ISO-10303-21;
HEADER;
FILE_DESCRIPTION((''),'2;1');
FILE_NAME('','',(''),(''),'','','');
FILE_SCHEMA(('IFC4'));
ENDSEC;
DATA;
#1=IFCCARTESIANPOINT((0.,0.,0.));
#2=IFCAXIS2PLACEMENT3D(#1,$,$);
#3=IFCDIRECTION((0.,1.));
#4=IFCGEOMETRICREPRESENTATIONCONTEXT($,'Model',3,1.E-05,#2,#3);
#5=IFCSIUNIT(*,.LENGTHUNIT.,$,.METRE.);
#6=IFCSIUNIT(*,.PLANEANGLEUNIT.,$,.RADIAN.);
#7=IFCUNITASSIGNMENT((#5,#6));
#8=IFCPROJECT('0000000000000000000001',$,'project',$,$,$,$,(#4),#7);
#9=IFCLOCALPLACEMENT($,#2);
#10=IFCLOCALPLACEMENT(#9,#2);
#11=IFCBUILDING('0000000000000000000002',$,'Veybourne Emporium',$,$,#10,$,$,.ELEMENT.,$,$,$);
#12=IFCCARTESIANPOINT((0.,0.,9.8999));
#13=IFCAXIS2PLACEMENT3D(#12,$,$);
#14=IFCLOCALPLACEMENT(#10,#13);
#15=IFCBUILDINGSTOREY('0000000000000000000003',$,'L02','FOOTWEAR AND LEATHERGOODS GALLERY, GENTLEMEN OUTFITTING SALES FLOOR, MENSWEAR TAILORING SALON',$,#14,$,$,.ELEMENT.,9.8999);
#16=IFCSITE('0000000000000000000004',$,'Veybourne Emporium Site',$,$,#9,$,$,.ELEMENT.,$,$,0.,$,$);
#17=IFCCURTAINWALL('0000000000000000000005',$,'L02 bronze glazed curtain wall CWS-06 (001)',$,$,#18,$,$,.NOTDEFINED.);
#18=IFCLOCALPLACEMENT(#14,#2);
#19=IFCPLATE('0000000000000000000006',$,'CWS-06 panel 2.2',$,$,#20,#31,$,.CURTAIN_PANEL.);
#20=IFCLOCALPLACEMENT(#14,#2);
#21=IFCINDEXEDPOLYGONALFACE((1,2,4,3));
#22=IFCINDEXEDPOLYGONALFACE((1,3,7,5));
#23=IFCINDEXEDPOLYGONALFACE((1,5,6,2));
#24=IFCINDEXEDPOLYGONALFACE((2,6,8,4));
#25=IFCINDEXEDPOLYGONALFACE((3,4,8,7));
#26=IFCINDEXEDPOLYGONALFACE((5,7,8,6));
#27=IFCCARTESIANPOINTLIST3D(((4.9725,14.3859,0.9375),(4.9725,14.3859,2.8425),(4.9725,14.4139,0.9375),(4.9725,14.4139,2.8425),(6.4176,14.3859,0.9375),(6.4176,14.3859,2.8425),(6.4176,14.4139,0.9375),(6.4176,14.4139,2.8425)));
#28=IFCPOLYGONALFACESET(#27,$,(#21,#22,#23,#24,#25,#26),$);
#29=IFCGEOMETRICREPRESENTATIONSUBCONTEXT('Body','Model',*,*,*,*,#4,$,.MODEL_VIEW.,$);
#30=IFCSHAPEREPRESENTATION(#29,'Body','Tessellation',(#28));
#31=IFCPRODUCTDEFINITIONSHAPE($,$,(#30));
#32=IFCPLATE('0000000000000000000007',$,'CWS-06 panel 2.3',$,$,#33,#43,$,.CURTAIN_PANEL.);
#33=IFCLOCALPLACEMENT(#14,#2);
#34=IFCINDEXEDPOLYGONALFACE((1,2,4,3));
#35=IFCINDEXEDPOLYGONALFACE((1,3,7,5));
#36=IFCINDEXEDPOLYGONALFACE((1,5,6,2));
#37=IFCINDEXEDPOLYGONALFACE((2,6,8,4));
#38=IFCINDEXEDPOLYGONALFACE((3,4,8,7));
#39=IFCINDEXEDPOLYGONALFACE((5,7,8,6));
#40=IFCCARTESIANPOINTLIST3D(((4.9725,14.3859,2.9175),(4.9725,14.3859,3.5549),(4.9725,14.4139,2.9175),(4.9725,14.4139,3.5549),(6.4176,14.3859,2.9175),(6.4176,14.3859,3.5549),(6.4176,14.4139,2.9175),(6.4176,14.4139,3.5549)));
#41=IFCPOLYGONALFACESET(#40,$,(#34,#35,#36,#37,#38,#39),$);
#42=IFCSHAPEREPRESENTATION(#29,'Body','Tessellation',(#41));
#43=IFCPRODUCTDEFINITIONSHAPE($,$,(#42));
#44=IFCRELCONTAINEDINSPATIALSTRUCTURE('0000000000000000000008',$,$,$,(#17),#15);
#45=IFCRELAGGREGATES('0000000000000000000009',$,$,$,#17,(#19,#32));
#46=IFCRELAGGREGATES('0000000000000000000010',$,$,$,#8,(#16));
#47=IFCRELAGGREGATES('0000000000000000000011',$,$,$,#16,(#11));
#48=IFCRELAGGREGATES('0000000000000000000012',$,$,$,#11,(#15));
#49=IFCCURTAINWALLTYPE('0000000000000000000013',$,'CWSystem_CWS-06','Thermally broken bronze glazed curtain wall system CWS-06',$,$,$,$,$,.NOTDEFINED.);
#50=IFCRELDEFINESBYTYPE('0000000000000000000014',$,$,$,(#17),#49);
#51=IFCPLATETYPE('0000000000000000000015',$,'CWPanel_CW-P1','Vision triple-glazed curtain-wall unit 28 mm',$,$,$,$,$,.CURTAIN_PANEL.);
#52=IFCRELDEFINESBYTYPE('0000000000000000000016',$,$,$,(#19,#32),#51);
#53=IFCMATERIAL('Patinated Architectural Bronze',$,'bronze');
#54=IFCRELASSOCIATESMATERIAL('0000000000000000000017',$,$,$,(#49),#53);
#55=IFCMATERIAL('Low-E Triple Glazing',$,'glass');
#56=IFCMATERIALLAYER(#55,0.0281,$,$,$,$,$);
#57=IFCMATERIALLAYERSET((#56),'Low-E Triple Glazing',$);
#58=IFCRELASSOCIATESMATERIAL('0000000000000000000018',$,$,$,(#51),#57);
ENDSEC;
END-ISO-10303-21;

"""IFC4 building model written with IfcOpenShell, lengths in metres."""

from ifc_helpers import new_model, si_unit, direction, frame, origin, origin_2d, place, context, subcontext, project, spatial, rectangle, extrude, material, layer, layer_set, type_object, element, aggregate, save


model = new_model("IFC4")

# Units and contexts
model_context = context("Model", 3, precision=1e-05, world=origin(), true_north=direction((0.0, 1.0)))
body_context = subcontext(model_context, "Body", "Model", "MODEL_VIEW")
ifc_project = project(units=[si_unit("LENGTHUNIT", "METRE"), si_unit("PLANEANGLEUNIT", "RADIAN")], contexts=[model_context])

# Site, building, storey
site_placement = place(None, origin())
site = spatial("IfcSite", under=ifc_project, at=site_placement, Name="Veybourne Emporium Site", CompositionType="ELEMENT", RefElevation=0.0)
building_placement = place(site_placement, origin())
building = spatial("IfcBuilding", under=site, at=building_placement, Name="Veybourne Emporium", CompositionType="ELEMENT")
storey_placement = place(building_placement, frame((0.0, 0.0, 9.8999)))
storey = spatial("IfcBuildingStorey", under=building, at=storey_placement, Name="L02", Description="FOOTWEAR AND LEATHERGOODS GALLERY, GENTLEMEN OUTFITTING SALES FLOOR, MENSWEAR TAILORING SALON", CompositionType="ELEMENT", Elevation=9.8999)

# Curtain wall, plates
ifc_material_1 = material(Name="Patinated Architectural Bronze", Category="bronze")
curtain_wall_type = type_object("IfcCurtainWallType", Name="CWSystem_CWS-06", Description="Thermally broken bronze glazed curtain wall system CWS-06", PredefinedType="NOTDEFINED", material=ifc_material_1)
curtain_wall_placement = place(storey_placement, origin())
curtain_wall = element("IfcCurtainWall", 1, at=curtain_wall_placement, inside=storey, type_object=curtain_wall_type, Name="L02 bronze glazed curtain wall CWS-06 (001)", PredefinedType="NOTDEFINED")
ifc_material_2 = material(Name="Low-E Triple Glazing", Category="glass")
ifc_layer = layer(ifc_material_2, 0.0281)
ifc_layer_set = layer_set([ifc_layer], Name="Low-E Triple Glazing")
plate_type = type_object("IfcPlateType", Name="CWPanel_CW-P1", Description="Vision triple-glazed curtain-wall unit 28 mm", PredefinedType="CURTAIN_PANEL", material=ifc_layer_set)
plate_1_placement = place(storey_placement, frame((5.6951, 14.3999, 0.9375), z_axis=(0.0, 0.0, 1.0), x_axis=(-1.0, 0.0, 0.0)))
plate_1 = element("IfcPlate", 2, at=plate_1_placement, type_object=plate_type, Name="CWS-06 panel 2.2", PredefinedType="CURTAIN_PANEL", context=body_context, shape_type="SweptSolid", body=[
    extrude(rectangle(XDim=1.4451, YDim=0.0281, at=origin_2d()), origin(), (0.0, 0.0, 1.0), 1.905),
])
plate_2_placement = place(storey_placement, frame((5.6951, 14.3999, 2.9175), z_axis=(0.0, 0.0, 1.0), x_axis=(-1.0, 0.0, 0.0)))
plate_2 = element("IfcPlate", 3, at=plate_2_placement, type_object=plate_type, Name="CWS-06 panel 2.3", PredefinedType="CURTAIN_PANEL", context=body_context, shape_type="SweptSolid", body=[
    extrude(rectangle(XDim=1.4451, YDim=0.0281, at=origin_2d()), origin(), (0.0, 0.0, 1.0), 0.6375),
])
aggregate(curtain_wall, [plate_1, plate_2])

save(model, "model.ifc")
